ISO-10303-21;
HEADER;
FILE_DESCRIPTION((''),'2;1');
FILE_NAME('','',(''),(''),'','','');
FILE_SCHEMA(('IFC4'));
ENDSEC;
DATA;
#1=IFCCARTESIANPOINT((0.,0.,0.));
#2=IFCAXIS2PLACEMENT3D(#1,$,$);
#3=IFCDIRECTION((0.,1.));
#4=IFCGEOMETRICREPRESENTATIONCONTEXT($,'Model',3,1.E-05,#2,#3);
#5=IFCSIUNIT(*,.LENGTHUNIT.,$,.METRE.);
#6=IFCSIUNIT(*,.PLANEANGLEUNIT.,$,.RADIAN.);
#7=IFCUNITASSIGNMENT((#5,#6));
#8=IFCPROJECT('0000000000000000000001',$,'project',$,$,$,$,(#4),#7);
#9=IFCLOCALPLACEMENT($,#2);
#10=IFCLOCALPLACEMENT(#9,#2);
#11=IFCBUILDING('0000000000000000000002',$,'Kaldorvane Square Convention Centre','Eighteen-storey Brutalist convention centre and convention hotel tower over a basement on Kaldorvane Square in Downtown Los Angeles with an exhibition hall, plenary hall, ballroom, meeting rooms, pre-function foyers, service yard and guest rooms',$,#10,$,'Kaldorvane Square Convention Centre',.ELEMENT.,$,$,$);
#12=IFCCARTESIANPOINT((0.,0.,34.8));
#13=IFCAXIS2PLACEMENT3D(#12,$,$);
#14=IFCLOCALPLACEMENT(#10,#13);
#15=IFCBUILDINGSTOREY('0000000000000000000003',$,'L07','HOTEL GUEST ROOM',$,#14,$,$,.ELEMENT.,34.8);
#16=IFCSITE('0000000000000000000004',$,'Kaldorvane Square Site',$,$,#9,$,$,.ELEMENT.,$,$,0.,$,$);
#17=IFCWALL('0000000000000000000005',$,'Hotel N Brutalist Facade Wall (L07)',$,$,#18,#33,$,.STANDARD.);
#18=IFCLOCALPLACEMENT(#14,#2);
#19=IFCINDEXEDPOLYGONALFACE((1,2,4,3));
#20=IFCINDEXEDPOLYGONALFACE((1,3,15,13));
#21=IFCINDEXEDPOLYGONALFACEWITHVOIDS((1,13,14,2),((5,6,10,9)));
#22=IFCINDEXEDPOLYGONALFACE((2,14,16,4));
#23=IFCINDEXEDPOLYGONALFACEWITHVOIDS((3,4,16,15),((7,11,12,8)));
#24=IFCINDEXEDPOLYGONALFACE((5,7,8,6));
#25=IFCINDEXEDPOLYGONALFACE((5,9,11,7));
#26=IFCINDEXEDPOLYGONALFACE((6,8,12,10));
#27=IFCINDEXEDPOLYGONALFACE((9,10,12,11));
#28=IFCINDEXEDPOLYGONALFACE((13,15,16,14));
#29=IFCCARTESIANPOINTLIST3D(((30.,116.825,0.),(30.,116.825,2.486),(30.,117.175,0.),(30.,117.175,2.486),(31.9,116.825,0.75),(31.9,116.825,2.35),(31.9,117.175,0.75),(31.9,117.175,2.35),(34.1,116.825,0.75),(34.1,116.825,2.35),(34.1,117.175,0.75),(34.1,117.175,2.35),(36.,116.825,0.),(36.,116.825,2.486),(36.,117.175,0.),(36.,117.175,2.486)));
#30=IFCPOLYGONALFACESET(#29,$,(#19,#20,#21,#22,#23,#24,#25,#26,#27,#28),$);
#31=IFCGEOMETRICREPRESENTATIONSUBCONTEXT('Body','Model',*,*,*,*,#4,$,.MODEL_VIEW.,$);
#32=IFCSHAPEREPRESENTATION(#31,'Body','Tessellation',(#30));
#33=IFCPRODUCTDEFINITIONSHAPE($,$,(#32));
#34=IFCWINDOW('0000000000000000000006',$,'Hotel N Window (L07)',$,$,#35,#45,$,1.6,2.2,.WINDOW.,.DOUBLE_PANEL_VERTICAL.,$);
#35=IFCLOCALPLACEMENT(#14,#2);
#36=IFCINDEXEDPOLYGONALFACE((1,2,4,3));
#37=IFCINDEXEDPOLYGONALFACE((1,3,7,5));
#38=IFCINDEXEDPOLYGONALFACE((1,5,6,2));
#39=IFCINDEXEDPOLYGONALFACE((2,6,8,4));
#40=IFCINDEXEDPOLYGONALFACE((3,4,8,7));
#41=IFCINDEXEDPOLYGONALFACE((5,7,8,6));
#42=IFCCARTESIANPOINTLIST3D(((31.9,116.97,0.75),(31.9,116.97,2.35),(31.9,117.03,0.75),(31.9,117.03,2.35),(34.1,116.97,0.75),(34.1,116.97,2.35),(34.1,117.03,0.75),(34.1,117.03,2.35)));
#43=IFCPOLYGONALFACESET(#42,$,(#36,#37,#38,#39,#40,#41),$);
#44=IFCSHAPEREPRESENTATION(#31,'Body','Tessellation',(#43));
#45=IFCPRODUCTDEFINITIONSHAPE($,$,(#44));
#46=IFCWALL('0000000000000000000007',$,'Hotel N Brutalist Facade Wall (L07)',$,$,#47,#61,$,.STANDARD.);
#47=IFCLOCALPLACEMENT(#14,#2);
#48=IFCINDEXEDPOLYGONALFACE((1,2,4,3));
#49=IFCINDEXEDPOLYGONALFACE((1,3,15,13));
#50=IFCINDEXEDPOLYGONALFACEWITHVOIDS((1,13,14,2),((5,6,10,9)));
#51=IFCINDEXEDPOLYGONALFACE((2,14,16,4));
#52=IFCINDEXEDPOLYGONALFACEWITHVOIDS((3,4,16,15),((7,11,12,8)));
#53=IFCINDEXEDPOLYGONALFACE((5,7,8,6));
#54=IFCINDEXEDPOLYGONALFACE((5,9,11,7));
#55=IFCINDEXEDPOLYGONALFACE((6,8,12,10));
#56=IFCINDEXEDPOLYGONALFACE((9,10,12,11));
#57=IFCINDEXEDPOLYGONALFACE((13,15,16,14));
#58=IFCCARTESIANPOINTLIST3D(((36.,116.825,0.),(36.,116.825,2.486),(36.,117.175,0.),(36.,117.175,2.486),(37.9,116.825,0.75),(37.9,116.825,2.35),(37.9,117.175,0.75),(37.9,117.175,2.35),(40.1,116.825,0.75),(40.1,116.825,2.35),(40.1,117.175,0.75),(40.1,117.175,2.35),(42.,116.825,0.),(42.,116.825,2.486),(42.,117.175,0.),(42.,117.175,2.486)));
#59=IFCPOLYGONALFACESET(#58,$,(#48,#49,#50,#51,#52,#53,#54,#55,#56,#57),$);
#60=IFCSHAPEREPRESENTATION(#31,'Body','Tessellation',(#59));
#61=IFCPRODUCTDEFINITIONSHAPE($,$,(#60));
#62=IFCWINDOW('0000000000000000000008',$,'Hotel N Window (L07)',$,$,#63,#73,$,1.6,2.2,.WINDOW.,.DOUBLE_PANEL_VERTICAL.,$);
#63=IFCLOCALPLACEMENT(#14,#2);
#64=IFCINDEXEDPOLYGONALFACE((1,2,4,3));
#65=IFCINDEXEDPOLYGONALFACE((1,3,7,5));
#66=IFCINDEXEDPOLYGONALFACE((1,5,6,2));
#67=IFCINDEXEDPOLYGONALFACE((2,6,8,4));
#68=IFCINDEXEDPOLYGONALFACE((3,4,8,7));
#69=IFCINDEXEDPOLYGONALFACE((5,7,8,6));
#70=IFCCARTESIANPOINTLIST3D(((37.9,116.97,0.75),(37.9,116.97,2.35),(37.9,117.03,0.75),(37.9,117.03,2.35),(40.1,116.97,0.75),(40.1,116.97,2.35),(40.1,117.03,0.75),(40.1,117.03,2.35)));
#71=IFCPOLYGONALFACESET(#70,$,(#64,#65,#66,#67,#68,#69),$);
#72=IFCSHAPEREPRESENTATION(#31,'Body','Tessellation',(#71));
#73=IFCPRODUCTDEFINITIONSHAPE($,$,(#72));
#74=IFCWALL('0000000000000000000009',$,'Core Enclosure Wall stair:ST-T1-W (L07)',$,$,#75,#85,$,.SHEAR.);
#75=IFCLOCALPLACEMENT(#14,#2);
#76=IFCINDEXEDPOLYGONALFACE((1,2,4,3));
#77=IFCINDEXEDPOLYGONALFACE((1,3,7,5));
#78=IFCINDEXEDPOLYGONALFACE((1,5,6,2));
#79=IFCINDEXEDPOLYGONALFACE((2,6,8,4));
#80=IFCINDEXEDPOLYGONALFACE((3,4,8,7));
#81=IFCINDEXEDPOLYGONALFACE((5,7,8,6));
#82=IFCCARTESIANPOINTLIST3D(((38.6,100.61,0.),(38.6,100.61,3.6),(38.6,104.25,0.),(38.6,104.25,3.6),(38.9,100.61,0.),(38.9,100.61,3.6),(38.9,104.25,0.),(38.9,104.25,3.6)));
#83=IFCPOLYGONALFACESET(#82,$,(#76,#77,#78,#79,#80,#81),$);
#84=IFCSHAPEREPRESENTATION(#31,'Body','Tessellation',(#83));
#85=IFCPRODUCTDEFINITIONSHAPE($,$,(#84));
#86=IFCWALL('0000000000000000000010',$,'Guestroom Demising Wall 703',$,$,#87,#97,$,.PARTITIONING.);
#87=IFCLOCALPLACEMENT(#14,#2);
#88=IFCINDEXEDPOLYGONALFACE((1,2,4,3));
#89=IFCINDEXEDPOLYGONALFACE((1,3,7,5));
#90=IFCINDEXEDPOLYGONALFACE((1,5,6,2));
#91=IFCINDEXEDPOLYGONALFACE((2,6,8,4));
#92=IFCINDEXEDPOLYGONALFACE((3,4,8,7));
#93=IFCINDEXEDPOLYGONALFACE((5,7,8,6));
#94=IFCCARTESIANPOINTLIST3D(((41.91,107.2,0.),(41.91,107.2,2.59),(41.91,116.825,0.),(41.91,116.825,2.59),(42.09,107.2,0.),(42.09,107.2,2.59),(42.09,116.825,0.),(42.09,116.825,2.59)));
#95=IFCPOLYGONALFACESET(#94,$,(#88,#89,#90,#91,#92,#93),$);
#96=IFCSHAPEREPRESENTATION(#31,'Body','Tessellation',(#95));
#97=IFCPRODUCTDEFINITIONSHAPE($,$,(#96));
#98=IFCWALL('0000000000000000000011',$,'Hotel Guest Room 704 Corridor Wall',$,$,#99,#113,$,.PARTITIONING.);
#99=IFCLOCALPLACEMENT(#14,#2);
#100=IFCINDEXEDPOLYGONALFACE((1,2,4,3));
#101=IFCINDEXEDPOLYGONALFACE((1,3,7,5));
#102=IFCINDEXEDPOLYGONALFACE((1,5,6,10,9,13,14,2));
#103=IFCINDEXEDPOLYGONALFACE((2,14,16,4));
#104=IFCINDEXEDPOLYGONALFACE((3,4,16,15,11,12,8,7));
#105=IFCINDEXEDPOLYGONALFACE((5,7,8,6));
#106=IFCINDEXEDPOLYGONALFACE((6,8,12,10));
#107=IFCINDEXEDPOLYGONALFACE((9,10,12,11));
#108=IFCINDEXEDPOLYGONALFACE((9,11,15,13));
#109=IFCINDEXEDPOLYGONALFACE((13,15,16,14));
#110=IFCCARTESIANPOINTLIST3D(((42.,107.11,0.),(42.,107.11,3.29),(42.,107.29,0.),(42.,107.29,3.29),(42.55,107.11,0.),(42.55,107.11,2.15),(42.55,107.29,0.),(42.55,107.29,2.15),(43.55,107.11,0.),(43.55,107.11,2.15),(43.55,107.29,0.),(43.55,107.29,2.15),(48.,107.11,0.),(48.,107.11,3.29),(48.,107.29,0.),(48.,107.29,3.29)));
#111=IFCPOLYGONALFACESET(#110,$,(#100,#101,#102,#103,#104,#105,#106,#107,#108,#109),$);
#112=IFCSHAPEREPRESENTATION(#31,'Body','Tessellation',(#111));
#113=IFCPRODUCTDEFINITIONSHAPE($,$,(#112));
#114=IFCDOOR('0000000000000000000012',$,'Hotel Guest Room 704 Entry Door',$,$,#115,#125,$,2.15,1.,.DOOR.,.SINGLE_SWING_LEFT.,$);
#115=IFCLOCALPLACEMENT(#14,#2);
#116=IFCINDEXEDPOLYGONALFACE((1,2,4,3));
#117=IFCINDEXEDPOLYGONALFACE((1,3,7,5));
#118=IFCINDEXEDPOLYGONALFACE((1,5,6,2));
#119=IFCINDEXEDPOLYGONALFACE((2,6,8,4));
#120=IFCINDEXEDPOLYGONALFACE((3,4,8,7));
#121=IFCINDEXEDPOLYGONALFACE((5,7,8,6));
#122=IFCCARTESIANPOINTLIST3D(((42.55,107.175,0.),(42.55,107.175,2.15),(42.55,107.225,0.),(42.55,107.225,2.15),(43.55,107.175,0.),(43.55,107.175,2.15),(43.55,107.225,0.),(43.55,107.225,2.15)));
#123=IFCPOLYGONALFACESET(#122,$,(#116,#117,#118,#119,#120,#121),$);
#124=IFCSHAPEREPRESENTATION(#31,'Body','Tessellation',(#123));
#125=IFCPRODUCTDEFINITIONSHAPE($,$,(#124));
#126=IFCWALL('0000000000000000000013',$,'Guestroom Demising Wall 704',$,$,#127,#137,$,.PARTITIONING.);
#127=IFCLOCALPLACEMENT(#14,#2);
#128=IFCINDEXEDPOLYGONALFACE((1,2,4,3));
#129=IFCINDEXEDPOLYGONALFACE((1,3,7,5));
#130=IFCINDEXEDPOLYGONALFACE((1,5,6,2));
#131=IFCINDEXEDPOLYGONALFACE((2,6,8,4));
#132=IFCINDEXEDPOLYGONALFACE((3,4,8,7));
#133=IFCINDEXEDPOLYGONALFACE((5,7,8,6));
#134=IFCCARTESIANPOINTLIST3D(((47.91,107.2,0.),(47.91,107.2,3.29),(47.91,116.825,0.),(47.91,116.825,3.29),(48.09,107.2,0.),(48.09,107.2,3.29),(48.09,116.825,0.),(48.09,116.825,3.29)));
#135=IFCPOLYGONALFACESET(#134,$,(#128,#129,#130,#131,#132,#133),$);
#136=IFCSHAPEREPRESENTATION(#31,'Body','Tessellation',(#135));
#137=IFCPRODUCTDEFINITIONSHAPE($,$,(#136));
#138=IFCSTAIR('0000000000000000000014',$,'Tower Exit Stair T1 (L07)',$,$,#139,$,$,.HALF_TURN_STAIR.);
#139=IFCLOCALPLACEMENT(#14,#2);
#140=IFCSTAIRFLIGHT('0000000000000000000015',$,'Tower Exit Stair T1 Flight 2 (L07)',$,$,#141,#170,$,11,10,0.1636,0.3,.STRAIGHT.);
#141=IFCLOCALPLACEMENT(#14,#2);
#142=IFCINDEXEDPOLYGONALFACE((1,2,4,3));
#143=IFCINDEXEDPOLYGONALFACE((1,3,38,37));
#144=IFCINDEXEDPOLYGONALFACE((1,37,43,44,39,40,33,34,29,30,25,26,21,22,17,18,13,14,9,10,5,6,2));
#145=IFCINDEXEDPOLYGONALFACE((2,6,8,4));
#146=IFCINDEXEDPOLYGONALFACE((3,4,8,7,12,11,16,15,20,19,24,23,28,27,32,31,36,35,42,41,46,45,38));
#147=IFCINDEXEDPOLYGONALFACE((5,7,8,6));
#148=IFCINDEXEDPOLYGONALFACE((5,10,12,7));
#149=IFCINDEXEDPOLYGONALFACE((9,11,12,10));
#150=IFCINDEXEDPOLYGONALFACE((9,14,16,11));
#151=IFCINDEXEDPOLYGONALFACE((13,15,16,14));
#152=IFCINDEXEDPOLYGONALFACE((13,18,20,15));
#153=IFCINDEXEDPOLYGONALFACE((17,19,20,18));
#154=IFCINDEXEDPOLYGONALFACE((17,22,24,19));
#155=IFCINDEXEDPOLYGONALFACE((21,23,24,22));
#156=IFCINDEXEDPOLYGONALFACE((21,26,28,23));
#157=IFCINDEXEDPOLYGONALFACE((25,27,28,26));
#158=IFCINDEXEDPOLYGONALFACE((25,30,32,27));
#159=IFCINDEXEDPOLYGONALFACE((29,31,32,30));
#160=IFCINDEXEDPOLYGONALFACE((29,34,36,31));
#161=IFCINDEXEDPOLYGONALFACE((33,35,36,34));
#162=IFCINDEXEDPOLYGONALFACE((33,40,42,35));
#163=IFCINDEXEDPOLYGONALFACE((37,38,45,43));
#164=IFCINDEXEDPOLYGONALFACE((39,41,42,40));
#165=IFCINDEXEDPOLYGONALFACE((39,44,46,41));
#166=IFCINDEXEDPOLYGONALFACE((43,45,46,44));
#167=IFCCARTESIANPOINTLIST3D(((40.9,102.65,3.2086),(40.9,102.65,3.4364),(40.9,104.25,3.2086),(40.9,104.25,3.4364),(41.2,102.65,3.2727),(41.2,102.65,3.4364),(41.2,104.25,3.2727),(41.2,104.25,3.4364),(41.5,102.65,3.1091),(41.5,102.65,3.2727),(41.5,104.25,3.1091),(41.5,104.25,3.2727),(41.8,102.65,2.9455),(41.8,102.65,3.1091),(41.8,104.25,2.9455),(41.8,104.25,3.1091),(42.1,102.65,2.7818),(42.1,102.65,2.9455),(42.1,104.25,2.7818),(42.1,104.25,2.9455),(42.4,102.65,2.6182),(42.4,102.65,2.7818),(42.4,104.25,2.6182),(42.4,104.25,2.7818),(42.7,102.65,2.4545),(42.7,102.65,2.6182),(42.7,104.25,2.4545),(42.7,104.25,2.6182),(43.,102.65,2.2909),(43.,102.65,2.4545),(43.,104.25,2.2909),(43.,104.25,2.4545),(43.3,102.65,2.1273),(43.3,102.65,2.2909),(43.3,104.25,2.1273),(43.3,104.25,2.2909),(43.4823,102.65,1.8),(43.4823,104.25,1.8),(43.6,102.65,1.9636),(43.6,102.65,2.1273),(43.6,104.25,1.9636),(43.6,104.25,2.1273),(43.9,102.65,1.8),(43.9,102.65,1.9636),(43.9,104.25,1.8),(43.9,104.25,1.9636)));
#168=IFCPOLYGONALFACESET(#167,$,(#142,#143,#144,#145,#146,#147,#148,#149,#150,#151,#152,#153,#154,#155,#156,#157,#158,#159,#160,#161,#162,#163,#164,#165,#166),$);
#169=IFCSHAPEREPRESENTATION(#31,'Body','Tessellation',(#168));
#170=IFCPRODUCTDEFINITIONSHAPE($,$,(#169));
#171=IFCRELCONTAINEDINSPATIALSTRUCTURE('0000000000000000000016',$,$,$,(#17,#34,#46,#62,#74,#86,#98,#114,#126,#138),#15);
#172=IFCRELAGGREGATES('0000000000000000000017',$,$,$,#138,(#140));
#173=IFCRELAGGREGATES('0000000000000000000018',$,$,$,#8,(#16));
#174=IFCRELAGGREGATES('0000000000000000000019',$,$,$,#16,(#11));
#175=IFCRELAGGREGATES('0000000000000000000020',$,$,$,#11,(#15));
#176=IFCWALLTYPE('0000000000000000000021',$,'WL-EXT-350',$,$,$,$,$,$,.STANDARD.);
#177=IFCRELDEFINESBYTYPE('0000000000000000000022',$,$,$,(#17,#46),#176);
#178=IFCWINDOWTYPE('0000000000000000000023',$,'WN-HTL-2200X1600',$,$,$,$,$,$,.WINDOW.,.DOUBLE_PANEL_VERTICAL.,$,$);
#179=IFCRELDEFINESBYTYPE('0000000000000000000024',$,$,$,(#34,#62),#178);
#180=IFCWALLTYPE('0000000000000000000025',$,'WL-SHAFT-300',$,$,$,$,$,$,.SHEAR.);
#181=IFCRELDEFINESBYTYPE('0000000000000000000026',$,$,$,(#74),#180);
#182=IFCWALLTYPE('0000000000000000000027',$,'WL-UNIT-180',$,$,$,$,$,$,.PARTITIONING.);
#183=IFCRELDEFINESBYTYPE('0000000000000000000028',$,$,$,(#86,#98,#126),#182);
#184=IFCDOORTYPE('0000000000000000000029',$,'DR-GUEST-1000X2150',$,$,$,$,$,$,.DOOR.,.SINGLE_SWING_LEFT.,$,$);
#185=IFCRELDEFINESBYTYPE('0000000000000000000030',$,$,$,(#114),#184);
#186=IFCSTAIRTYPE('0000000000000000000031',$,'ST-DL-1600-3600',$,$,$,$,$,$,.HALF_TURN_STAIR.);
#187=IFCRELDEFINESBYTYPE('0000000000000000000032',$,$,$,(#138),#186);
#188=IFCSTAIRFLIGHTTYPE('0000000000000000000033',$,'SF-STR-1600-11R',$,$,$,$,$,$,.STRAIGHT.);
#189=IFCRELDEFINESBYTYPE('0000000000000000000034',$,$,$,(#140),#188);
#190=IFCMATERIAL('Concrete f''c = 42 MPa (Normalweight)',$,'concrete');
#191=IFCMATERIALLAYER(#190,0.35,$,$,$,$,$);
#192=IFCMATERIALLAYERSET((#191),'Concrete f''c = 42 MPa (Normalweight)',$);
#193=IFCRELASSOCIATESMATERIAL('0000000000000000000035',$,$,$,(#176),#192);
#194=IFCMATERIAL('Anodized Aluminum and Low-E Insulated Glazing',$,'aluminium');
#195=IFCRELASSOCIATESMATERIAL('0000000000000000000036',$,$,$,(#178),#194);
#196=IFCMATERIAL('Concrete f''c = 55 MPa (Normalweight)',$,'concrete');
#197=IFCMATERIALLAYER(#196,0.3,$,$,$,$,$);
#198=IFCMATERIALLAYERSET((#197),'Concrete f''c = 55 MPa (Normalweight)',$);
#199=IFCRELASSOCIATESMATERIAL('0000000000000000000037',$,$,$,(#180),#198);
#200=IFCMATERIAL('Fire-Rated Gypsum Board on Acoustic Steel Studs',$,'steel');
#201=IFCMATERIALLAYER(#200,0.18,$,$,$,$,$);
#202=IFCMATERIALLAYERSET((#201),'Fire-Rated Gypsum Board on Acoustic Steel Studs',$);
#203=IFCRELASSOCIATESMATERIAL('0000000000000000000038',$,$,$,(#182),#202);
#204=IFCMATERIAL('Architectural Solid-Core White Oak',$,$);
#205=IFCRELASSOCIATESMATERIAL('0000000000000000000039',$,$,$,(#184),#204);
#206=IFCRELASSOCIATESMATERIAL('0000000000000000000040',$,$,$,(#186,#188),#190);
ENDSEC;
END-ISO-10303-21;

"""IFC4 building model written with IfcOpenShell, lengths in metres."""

from ifc_helpers import new_model, si_unit, direction, frame, frame_2d, origin, place, context, subcontext, project, spatial, polyline, rectangle, outline, extrude, material, layer, layer_set, type_object, element, fill, aggregate, save


model = new_model("IFC4")

# Units and contexts
model_context = context("Model", 3, precision=1e-05, world=origin(), true_north=direction((0.0, 1.0)))
body_context = subcontext(model_context, "Body", "Model", "MODEL_VIEW")
ifc_project = project(units=[si_unit("LENGTHUNIT", "METRE"), si_unit("PLANEANGLEUNIT", "RADIAN")], contexts=[model_context])

# Site, building, storey
site_placement = place(None, origin())
site = spatial("IfcSite", under=ifc_project, at=site_placement, Name="Kaldorvane Square Site", CompositionType="ELEMENT", RefElevation=0.0)
building_placement = place(site_placement, origin())
building = spatial("IfcBuilding", under=site, at=building_placement, Name="Kaldorvane Square Convention Centre", Description="Eighteen-storey Brutalist convention centre and convention hotel tower over a basement on Kaldorvane Square in Downtown Los Angeles with an exhibition hall, plenary hall, ballroom, meeting rooms, pre-function foyers, service yard and guest rooms", LongName="Kaldorvane Square Convention Centre", CompositionType="ELEMENT")
storey_placement = place(building_placement, frame((0.0, 0.0, 34.8)))
storey = spatial("IfcBuildingStorey", under=building, at=storey_placement, Name="L07", Description="HOTEL GUEST ROOM", CompositionType="ELEMENT", Elevation=34.8)

# Shared definitions
ifc_material_1 = material(Name="Concrete f'c = 55 MPa (Normalweight)", Category="concrete")

# Shared definitions
ifc_material_2 = material(Name="Concrete f'c = 42 MPa (Normalweight)", Category="concrete")

# Shared definitions
ifc_material_3 = material(Name="Fire-Rated Gypsum Board on Acoustic Steel Studs", Category="steel")
ifc_material_4 = material(Name="Architectural Solid-Core White Oak")

# Walls, openings, windows
ifc_layer_1 = layer(ifc_material_2, 0.35)
ifc_layer_set_1 = layer_set([ifc_layer_1], Name="Concrete f'c = 42 MPa (Normalweight)")
wall_type_1 = type_object("IfcWallType", Name="WL-EXT-350", PredefinedType="STANDARD", material=ifc_layer_set_1)
wall_1_placement = place(storey_placement, frame((36.0, 117.0, 0.0), z_axis=(0.0, 0.0, 1.0), x_axis=(-1.0, 0.0, 0.0)))
wall_1 = element("IfcWall", 1, at=wall_1_placement, inside=storey, type_object=wall_type_1, Name="Hotel N Brutalist Facade Wall (L07)", PredefinedType="STANDARD", context=body_context, shape_type="SweptSolid", body=[
    extrude(rectangle(XDim=6.0, YDim=0.35, at=frame_2d((3.0, 0.0))), origin(), (0.0, 0.0, 1.0), 2.486),
])
opening_1_placement = place(wall_1_placement, frame((1.9, 0.0, 0.75)))
opening_1 = element("IfcOpeningElement", 2, at=opening_1_placement, cuts=wall_1, PredefinedType="OPENING", context=body_context, shape_type="SweptSolid", body=[
    extrude(rectangle(XDim=2.2, YDim=1.6, at=frame_2d((1.1, 0.8))), frame((0.0, 0.19, 0.0), z_axis=(0.0, -1.0, 0.0), x_axis=(1.0, 0.0, 0.0)), (0.0, 0.0, 1.0), 0.38),
])
ifc_material_5 = material(Name="Anodized Aluminum and Low-E Insulated Glazing", Category="aluminium")
window_type = type_object("IfcWindowType", Name="WN-HTL-2200X1600", PartitioningType="DOUBLE_PANEL_VERTICAL", PredefinedType="WINDOW", material=ifc_material_5)
window_1_placement = place(opening_1_placement, origin())
window_1 = element("IfcWindow", 3, at=window_1_placement, inside=storey, type_object=window_type, Name="Hotel N Window (L07)", OverallHeight=1.6, OverallWidth=2.2, PartitioningType="DOUBLE_PANEL_VERTICAL", PredefinedType="WINDOW", context=body_context, shape_type="SweptSolid", body=[
    extrude(rectangle(XDim=2.2, YDim=1.6, at=frame_2d((1.1, 0.8))), frame((0.0, 0.03, 0.0), z_axis=(0.0, -1.0, 0.0), x_axis=(1.0, 0.0, 0.0)), (0.0, 0.0, 1.0), 0.06),
])
fill(opening_1, window_1)
wall_2_placement = place(storey_placement, frame((42.0, 117.0, 0.0), z_axis=(0.0, 0.0, 1.0), x_axis=(-1.0, 0.0, 0.0)))
wall_2 = element("IfcWall", 4, at=wall_2_placement, inside=storey, type_object=wall_type_1, Name="Hotel N Brutalist Facade Wall (L07)", PredefinedType="STANDARD", context=body_context, shape_type="SweptSolid", body=[
    extrude(rectangle(XDim=6.0, YDim=0.35, at=frame_2d((3.0, 0.0))), origin(), (0.0, 0.0, 1.0), 2.486),
])
opening_2_placement = place(wall_2_placement, frame((1.9, 0.0, 0.75)))
opening_2 = element("IfcOpeningElement", 5, at=opening_2_placement, cuts=wall_2, PredefinedType="OPENING", context=body_context, shape_type="SweptSolid", body=[
    extrude(rectangle(XDim=2.2, YDim=1.6, at=frame_2d((1.1, 0.8))), frame((0.0, 0.19, 0.0), z_axis=(0.0, -1.0, 0.0), x_axis=(1.0, 0.0, 0.0)), (0.0, 0.0, 1.0), 0.38),
])
window_2_placement = place(opening_2_placement, origin())
window_2 = element("IfcWindow", 6, at=window_2_placement, inside=storey, type_object=window_type, Name="Hotel N Window (L07)", OverallHeight=1.6, OverallWidth=2.2, PartitioningType="DOUBLE_PANEL_VERTICAL", PredefinedType="WINDOW", context=body_context, shape_type="SweptSolid", body=[
    extrude(rectangle(XDim=2.2, YDim=1.6, at=frame_2d((1.1, 0.8))), frame((0.0, 0.03, 0.0), z_axis=(0.0, -1.0, 0.0), x_axis=(1.0, 0.0, 0.0)), (0.0, 0.0, 1.0), 0.06),
])
fill(opening_2, window_2)

# Walls
ifc_layer_2 = layer(ifc_material_1, 0.3)
ifc_layer_set_2 = layer_set([ifc_layer_2], Name="Concrete f'c = 55 MPa (Normalweight)")
wall_type_2 = type_object("IfcWallType", Name="WL-SHAFT-300", PredefinedType="SHEAR", material=ifc_layer_set_2)
wall_3_placement = place(storey_placement, frame((38.75, 104.25, 0.0), z_axis=(0.0, 0.0, 1.0), x_axis=(0.0, -1.0, 0.0)))
element("IfcWall", 7, at=wall_3_placement, inside=storey, type_object=wall_type_2, Name="Core Enclosure Wall stair:ST-T1-W (L07)", PredefinedType="SHEAR", context=body_context, shape_type="SweptSolid", body=[
    extrude(rectangle(XDim=3.64, YDim=0.3, at=frame_2d((1.82, 0.0))), origin(), (0.0, 0.0, 1.0), 3.6),
])
ifc_layer_3 = layer(ifc_material_3, 0.18)
ifc_layer_set_3 = layer_set([ifc_layer_3], Name="Fire-Rated Gypsum Board on Acoustic Steel Studs")
wall_type_3 = type_object("IfcWallType", Name="WL-UNIT-180", PredefinedType="PARTITIONING", material=ifc_layer_set_3)
wall_4_placement = place(storey_placement, frame((42.0, 107.2, 0.0), z_axis=(0.0, 0.0, 1.0), x_axis=(0.0, 1.0, 0.0)))
element("IfcWall", 8, at=wall_4_placement, inside=storey, type_object=wall_type_3, Name="Guestroom Demising Wall 703", PredefinedType="PARTITIONING", context=body_context, shape_type="SweptSolid", body=[
    extrude(rectangle(XDim=9.625, YDim=0.18, at=frame_2d((4.8125, 0.0))), origin(), (0.0, 0.0, 1.0), 2.59),
])

# Wall, opening, door
wall_5_placement = place(storey_placement, frame((42.0, 107.2, 0.0), z_axis=(0.0, 0.0, 1.0), x_axis=(1.0, 0.0, 0.0)))
wall_5 = element("IfcWall", 9, at=wall_5_placement, inside=storey, type_object=wall_type_3, Name="Hotel Guest Room 704 Corridor Wall", PredefinedType="PARTITIONING", context=body_context, shape_type="SweptSolid", body=[
    extrude(rectangle(XDim=6.0, YDim=0.18, at=frame_2d((3.0, 0.0))), origin(), (0.0, 0.0, 1.0), 3.29),
])
opening_3_placement = place(wall_5_placement, frame((0.55, 0.0, 0.0)))
opening_3 = element("IfcOpeningElement", 10, at=opening_3_placement, cuts=wall_5, PredefinedType="OPENING", context=body_context, shape_type="SweptSolid", body=[
    extrude(rectangle(XDim=1.0, YDim=2.15, at=frame_2d((0.5, 1.075))), frame((0.0, 0.105, 0.0), z_axis=(0.0, -1.0, 0.0), x_axis=(1.0, 0.0, 0.0)), (0.0, 0.0, 1.0), 0.21),
])
door_type_1 = type_object("IfcDoorType", Name="DR-GUEST-1000X2150", OperationType="SINGLE_SWING_LEFT", PredefinedType="DOOR", material=ifc_material_4)
door_1_placement = place(opening_3_placement, origin())
door_1 = element("IfcDoor", 11, at=door_1_placement, inside=storey, type_object=door_type_1, Name="Hotel Guest Room 704 Entry Door", OperationType="SINGLE_SWING_LEFT", OverallHeight=2.15, OverallWidth=1.0, PredefinedType="DOOR", context=body_context, shape_type="SweptSolid", body=[
    extrude(rectangle(XDim=1.0, YDim=2.15, at=frame_2d((0.5, 1.075))), frame((0.0, 0.025, 0.0), z_axis=(0.0, -1.0, 0.0), x_axis=(1.0, 0.0, 0.0)), (0.0, 0.0, 1.0), 0.05),
])
fill(opening_3, door_1)

# Wall
wall_6_placement = place(storey_placement, frame((48.0, 107.2, 0.0), z_axis=(0.0, 0.0, 1.0), x_axis=(0.0, 1.0, 0.0)))
element("IfcWall", 12, at=wall_6_placement, inside=storey, type_object=wall_type_3, Name="Guestroom Demising Wall 704", PredefinedType="PARTITIONING", context=body_context, shape_type="SweptSolid", body=[
    extrude(rectangle(XDim=9.625, YDim=0.18, at=frame_2d((4.8125, 0.0))), origin(), (0.0, 0.0, 1.0), 3.29),
])

# Stair, stair flight
stair_type = type_object("IfcStairType", Name="ST-DL-1600-3600", PredefinedType="HALF_TURN_STAIR", material=ifc_material_2)
stair_placement = place(storey_placement, origin())
stair = element("IfcStair", 13, at=stair_placement, inside=storey, type_object=stair_type, Name="Tower Exit Stair T1 (L07)", PredefinedType="HALF_TURN_STAIR")
stair_flight_type = type_object("IfcStairFlightType", Name="SF-STR-1600-11R", PredefinedType="STRAIGHT", material=ifc_material_2)
stair_flight_placement = place(storey_placement, frame((43.9, 103.45, 1.8), z_axis=(0.0, 0.0, 1.0), x_axis=(-1.0, 0.0, 0.0)))
stair_flight = element("IfcStairFlight", 14, at=stair_flight_placement, type_object=stair_flight_type, Name="Tower Exit Stair T1 Flight 2 (L07)", NumberOfRisers=11, NumberOfTreads=10, PredefinedType="STRAIGHT", RiserHeight=0.1636, TreadLength=0.3, context=body_context, shape_type="SweptSolid", body=[
    extrude(outline(polyline([(0.0, 0.0), (0.0, 0.1636), (0.3, 0.1636), (0.3, 0.3273), (0.6, 0.3273), (0.6, 0.4909), (0.9, 0.4909), (0.9, 0.6545), (1.2, 0.6545), (1.2, 0.8182), (1.5, 0.8182), (1.5, 0.9818), (1.8, 0.9818), (1.8, 1.1455), (2.1, 1.1455), (2.1, 1.3091), (2.4, 1.3091), (2.4, 1.4727), (2.7, 1.4727), (2.7, 1.6364), (3.0, 1.6364), (3.0, 1.8), (3.0, 1.4086), (0.4177, 0.0), (0.0, 0.0)])), frame((0.0, 0.8, 0.0), z_axis=(0.0, -1.0, 0.0), x_axis=(1.0, 0.0, 0.0)), (0.0, 0.0, 1.0), 1.6),
])
aggregate(stair, [stair_flight])

save(model, "model.ifc")
